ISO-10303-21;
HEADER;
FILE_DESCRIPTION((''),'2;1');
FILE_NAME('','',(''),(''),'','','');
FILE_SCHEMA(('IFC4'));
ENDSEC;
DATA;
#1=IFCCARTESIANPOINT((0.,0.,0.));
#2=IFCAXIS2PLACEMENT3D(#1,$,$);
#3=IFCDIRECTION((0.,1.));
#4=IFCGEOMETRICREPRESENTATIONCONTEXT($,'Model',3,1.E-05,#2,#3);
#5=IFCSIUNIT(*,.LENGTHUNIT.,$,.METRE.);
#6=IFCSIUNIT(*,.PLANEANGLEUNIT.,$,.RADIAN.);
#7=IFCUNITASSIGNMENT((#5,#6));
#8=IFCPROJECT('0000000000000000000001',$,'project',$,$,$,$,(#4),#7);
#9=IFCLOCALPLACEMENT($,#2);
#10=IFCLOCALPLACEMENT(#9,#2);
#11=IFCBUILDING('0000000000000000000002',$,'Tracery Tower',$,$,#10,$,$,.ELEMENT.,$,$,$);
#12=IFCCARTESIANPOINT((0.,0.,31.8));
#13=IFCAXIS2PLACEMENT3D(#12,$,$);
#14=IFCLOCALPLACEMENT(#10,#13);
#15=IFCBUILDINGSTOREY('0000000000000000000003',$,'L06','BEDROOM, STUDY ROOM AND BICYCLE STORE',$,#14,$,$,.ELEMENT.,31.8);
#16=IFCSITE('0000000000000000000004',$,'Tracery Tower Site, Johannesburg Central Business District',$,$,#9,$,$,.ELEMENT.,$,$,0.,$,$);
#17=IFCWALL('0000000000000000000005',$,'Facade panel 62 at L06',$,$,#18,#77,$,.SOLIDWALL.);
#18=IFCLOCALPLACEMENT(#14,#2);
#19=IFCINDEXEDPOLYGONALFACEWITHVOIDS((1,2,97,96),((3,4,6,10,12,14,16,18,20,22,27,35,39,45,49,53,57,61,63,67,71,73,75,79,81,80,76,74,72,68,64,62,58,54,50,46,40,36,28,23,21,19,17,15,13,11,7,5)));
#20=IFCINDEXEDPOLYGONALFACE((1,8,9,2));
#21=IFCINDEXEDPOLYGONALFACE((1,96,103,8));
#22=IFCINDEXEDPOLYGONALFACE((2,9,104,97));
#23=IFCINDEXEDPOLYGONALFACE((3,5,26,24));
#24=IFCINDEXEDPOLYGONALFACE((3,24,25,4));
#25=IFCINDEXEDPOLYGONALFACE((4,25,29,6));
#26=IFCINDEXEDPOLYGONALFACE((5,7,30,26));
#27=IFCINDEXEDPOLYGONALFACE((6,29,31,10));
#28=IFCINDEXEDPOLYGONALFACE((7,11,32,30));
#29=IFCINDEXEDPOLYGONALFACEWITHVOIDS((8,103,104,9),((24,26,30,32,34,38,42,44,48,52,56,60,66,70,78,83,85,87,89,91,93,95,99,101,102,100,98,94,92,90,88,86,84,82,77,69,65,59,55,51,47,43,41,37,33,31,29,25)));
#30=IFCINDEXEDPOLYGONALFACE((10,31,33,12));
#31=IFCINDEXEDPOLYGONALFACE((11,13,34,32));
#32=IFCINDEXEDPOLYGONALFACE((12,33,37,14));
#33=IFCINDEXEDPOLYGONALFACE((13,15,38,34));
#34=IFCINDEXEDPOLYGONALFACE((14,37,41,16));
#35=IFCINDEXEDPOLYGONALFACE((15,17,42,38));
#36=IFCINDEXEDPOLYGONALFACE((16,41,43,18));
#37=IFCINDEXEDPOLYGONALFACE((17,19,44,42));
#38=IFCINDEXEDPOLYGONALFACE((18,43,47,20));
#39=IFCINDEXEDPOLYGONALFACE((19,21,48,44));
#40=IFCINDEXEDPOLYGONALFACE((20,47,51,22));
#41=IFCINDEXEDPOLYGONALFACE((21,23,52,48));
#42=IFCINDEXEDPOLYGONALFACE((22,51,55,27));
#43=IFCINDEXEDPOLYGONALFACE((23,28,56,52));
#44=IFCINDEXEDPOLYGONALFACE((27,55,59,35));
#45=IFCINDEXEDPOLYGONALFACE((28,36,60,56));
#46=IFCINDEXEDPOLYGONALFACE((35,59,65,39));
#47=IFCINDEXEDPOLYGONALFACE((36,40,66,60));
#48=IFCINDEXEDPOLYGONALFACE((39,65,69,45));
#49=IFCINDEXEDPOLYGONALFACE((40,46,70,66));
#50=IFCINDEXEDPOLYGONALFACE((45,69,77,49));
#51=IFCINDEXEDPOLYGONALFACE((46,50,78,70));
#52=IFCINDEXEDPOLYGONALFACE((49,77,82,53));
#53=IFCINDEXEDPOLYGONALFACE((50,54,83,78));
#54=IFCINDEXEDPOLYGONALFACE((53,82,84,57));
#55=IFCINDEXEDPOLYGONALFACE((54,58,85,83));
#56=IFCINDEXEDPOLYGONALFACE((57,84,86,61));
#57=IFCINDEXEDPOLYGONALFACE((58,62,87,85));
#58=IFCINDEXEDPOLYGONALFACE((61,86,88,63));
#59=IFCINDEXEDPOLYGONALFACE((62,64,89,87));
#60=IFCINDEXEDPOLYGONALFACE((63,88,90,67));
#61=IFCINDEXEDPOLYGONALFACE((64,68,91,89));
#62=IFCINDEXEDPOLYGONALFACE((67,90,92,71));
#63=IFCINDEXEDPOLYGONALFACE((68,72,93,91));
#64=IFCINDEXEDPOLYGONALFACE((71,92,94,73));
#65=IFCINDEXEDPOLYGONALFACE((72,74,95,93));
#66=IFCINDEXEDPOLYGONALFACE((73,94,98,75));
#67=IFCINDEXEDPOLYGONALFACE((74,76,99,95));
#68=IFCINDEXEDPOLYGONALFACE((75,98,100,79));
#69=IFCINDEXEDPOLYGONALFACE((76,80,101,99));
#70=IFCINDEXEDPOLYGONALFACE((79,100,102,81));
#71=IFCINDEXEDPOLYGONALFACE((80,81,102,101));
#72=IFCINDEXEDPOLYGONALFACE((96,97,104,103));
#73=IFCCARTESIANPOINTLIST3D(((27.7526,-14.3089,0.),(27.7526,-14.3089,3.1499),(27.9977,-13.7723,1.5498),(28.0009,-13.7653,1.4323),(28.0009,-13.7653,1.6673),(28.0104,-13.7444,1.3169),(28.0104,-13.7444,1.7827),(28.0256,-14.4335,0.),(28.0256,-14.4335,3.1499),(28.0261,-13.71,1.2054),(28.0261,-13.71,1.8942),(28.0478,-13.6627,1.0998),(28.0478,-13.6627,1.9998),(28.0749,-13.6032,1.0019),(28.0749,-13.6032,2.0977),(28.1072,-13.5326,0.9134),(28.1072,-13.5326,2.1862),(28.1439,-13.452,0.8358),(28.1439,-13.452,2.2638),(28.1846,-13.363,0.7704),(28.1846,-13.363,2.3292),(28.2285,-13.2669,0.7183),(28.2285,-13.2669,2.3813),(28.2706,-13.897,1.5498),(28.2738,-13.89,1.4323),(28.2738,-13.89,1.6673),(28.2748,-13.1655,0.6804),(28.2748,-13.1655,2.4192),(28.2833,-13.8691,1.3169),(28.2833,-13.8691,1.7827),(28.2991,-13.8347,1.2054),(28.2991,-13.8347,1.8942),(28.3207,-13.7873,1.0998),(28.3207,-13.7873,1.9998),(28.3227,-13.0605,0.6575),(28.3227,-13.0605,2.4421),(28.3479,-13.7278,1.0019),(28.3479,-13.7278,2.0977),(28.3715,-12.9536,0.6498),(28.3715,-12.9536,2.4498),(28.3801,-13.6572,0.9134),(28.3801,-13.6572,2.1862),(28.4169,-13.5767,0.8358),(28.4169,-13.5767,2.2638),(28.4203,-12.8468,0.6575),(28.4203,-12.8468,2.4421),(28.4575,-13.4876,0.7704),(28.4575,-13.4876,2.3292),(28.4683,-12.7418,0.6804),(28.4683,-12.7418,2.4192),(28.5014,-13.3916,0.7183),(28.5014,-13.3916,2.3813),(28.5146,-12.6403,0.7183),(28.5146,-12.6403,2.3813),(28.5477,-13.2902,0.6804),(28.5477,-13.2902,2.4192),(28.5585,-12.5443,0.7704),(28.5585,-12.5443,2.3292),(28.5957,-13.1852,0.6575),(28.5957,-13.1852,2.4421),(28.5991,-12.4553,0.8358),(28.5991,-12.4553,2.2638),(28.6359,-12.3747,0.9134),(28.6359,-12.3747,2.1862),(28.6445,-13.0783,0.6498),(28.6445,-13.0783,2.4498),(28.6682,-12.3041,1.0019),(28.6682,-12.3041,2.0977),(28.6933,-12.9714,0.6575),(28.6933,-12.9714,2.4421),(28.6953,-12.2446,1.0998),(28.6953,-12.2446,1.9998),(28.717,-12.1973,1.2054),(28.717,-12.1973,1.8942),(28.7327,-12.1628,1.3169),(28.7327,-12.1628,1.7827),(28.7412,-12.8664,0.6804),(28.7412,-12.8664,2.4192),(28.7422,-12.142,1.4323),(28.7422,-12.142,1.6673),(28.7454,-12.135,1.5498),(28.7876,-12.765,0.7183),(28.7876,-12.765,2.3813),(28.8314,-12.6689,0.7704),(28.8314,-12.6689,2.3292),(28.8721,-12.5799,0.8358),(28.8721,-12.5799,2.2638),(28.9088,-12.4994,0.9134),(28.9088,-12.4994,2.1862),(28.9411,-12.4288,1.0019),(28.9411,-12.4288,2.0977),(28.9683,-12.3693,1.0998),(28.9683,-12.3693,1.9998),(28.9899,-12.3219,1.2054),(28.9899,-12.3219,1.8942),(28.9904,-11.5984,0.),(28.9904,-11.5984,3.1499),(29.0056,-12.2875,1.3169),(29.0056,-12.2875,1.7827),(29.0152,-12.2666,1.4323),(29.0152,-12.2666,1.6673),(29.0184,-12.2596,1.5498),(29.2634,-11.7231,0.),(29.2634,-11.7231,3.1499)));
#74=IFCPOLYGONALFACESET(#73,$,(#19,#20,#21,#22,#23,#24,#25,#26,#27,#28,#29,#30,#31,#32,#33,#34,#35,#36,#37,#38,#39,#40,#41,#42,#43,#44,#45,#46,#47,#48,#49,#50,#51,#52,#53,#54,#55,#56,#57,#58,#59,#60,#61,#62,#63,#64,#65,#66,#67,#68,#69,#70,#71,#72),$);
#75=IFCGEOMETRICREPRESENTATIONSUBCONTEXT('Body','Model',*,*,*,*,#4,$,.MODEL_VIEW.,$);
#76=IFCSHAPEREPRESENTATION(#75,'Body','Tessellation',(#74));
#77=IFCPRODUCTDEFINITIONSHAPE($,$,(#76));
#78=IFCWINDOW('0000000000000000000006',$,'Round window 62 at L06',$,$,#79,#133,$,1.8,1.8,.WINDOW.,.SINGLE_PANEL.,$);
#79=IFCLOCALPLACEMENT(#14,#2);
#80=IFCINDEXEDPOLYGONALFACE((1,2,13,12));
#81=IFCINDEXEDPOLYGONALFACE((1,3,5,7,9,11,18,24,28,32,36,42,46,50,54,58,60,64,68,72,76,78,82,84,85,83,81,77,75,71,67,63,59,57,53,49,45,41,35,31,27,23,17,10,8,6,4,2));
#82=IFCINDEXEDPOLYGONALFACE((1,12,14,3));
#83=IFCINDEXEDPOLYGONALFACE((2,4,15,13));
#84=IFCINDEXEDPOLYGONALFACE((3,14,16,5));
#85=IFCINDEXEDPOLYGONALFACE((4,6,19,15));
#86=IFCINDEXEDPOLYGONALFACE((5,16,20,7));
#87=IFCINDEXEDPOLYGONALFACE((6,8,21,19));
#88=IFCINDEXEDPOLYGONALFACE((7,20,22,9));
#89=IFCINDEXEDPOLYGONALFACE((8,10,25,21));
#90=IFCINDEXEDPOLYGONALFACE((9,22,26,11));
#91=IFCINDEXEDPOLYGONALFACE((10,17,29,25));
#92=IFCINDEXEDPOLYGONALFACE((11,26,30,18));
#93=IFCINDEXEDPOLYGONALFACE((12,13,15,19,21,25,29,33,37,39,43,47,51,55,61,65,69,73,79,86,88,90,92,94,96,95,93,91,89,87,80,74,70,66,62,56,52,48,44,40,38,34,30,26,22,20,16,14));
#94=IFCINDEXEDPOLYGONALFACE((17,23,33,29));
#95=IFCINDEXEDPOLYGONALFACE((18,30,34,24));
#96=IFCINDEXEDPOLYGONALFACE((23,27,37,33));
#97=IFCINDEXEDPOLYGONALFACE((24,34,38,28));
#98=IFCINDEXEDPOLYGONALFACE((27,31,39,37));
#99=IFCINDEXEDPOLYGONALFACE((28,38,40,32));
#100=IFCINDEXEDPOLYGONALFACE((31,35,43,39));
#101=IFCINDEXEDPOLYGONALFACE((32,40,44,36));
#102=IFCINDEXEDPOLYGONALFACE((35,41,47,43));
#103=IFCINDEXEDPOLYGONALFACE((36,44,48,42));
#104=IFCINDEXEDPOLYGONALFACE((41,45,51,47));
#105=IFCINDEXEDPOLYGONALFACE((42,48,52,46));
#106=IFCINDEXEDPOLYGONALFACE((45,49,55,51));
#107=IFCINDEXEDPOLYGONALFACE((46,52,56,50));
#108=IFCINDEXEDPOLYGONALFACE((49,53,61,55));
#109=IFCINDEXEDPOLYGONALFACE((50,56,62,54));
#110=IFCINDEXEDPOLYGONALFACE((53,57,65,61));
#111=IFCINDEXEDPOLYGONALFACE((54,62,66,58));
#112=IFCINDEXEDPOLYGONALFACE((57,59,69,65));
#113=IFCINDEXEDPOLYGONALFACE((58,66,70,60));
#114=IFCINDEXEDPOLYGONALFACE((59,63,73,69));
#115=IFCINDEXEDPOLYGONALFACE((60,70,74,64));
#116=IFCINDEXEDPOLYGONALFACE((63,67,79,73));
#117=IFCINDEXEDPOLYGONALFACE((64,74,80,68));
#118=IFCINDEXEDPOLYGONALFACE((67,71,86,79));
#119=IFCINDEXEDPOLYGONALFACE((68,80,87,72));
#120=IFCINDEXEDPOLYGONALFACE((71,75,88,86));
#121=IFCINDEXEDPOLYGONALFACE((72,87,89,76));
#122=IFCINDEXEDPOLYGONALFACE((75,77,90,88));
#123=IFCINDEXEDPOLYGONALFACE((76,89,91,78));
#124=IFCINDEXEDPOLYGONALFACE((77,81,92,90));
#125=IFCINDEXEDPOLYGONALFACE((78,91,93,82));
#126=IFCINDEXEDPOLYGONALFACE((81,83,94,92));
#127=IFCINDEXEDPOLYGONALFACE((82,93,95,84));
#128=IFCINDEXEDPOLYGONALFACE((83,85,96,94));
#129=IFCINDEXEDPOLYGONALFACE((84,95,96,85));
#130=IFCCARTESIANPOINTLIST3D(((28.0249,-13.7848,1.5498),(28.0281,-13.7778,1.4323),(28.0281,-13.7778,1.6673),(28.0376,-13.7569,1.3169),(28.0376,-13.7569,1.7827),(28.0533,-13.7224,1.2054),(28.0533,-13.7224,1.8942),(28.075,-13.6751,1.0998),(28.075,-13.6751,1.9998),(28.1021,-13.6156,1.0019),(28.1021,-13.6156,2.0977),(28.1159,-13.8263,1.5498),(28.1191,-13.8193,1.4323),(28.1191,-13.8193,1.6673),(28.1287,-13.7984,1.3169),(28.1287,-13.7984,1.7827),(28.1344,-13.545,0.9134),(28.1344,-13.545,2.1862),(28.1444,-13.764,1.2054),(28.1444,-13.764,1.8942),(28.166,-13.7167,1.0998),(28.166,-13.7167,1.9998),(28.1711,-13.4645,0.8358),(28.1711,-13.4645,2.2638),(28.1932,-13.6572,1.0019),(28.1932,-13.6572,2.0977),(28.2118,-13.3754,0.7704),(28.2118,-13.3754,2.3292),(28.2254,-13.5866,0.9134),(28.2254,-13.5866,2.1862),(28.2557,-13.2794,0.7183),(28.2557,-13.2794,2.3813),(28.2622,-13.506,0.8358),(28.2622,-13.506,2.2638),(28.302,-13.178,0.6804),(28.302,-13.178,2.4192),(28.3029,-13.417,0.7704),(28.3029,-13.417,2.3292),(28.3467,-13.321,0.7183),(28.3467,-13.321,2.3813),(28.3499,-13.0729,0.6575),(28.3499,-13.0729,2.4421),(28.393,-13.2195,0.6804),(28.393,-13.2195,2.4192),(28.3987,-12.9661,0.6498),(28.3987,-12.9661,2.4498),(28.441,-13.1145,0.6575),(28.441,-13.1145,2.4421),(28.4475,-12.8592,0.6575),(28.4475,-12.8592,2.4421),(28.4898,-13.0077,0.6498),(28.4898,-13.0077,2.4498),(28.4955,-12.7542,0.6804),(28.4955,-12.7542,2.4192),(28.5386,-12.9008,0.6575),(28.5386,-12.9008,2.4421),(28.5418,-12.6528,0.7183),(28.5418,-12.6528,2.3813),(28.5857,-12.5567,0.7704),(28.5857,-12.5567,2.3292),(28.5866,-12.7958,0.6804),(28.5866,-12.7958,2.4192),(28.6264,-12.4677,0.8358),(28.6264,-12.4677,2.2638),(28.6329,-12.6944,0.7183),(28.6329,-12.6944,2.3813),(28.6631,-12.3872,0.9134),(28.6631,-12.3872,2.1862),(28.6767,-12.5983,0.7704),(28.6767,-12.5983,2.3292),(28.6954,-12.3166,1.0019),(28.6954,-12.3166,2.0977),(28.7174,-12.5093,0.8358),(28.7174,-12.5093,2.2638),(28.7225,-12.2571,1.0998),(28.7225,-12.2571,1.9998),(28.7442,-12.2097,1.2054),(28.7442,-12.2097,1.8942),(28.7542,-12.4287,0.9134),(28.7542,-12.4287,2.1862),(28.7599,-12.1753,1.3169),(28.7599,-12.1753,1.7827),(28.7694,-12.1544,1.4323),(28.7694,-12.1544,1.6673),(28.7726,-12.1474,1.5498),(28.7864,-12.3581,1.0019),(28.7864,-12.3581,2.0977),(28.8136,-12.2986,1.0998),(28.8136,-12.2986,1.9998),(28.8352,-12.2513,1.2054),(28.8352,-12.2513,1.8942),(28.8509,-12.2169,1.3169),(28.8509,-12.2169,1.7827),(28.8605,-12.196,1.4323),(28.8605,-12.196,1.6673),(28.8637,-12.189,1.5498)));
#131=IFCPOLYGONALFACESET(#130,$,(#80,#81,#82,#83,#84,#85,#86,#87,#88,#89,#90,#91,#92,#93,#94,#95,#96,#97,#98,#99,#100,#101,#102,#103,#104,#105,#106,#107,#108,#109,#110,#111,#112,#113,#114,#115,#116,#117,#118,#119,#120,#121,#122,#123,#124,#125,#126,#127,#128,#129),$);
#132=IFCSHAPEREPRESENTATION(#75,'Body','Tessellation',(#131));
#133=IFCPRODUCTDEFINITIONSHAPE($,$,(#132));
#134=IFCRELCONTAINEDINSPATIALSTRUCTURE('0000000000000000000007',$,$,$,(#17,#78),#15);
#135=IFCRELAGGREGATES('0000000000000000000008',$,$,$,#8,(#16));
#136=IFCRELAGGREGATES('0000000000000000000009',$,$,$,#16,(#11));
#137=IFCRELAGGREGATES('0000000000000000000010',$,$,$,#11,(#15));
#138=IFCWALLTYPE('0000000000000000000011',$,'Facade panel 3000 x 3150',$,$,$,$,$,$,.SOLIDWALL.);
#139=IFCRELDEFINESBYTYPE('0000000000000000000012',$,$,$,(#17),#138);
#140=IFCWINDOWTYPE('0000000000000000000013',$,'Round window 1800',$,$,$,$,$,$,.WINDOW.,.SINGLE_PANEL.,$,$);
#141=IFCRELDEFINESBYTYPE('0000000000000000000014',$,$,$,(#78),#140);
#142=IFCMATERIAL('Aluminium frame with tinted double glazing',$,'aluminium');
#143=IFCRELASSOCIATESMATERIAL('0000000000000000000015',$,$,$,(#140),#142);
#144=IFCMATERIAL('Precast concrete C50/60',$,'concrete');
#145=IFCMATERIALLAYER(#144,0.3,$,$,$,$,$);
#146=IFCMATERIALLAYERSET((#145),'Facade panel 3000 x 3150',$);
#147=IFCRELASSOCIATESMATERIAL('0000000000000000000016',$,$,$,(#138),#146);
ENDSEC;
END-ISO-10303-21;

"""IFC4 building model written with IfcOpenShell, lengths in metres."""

from ifc_helpers import new_model, si_unit, direction, frame, frame_2d, origin, origin_2d, place, context, subcontext, project, spatial, rectangle, circle, extrude, material, layer, layer_set, type_object, element, fill, save


model = new_model("IFC4")

# Units and contexts
model_context = context("Model", 3, precision=1e-05, world=origin(), true_north=direction((0.0, 1.0)))
body_context = subcontext(model_context, "Body", "Model", "MODEL_VIEW")
ifc_project = project(units=[si_unit("LENGTHUNIT", "METRE"), si_unit("PLANEANGLEUNIT", "RADIAN")], contexts=[model_context])

# Site, building, storey
site_placement = place(None, origin())
site = spatial("IfcSite", under=ifc_project, at=site_placement, Name="Tracery Tower Site, Johannesburg Central Business District", CompositionType="ELEMENT", RefElevation=0.0)
building_placement = place(site_placement, origin())
building = spatial("IfcBuilding", under=site, at=building_placement, Name="Tracery Tower", CompositionType="ELEMENT")
storey_placement = place(building_placement, frame((0.0, 0.0, 31.8)))
storey = spatial("IfcBuildingStorey", under=building, at=storey_placement, Name="L06", Description="BEDROOM, STUDY ROOM AND BICYCLE STORE", CompositionType="ELEMENT", Elevation=31.8)

# Wall, opening, window
ifc_material_1 = material(Name="Aluminium frame with tinted double glazing", Category="aluminium")
window_type = type_object("IfcWindowType", Name="Round window 1800", PartitioningType="SINGLE_PANEL", PredefinedType="WINDOW", material=ifc_material_1)
ifc_material_2 = material(Name="Precast concrete C50/60", Category="concrete")
ifc_layer_1 = layer(ifc_material_2, 0.3)
ifc_layer_set_1 = layer_set([ifc_layer_1], Name="Facade panel 3000 x 3150")
wall_type_1 = type_object("IfcWallType", Name="Facade panel 3000 x 3150", PredefinedType="SOLIDWALL", material=ifc_layer_set_1)
wall_1_placement = place(storey_placement, frame((27.8892, -14.3711, 0.0), z_axis=(0.0, 0.0, 1.0), x_axis=(0.415407, 0.909636, 0.0)))
wall_1 = element("IfcWall", 1, at=wall_1_placement, inside=storey, type_object=wall_type_1, Name="Facade panel 62 at L06", PredefinedType="SOLIDWALL", context=body_context, shape_type="SweptSolid", body=[
    extrude(rectangle(XDim=2.9797, YDim=0.3, at=frame_2d((1.4897, 0.0))), origin(), (0.0, 0.0, 1.0), 3.1499),
])
opening_1_placement = place(wall_1_placement, frame((1.4897, 0.0, 1.5498)))
opening_1 = element("IfcOpeningElement", 2, at=opening_1_placement, cuts=wall_1, PredefinedType="OPENING", context=body_context, shape_type="SweptSolid", body=[
    extrude(circle(Radius=0.9, at=origin_2d()), frame((0.0, 0.1599, 0.0), z_axis=(0.0, -1.0, 0.0), x_axis=(1.0, 0.0, 0.0)), (0.0, 0.0, 1.0), 0.3201),
])
window_1_placement = place(opening_1_placement, origin())
window_1 = element("IfcWindow", 3, at=window_1_placement, inside=storey, type_object=window_type, Name="Round window 62 at L06", OverallHeight=1.8, OverallWidth=1.8, PartitioningType="SINGLE_PANEL", PredefinedType="WINDOW", context=body_context, shape_type="SweptSolid", body=[
    extrude(circle(Radius=0.9, at=origin_2d()), frame((0.0, 0.1201, 0.0), z_axis=(0.0, -1.0, 0.0), x_axis=(1.0, 0.0, 0.0)), (0.0, 0.0, 1.0), 0.1001),
])
fill(opening_1, window_1)

save(model, "model.ifc")
